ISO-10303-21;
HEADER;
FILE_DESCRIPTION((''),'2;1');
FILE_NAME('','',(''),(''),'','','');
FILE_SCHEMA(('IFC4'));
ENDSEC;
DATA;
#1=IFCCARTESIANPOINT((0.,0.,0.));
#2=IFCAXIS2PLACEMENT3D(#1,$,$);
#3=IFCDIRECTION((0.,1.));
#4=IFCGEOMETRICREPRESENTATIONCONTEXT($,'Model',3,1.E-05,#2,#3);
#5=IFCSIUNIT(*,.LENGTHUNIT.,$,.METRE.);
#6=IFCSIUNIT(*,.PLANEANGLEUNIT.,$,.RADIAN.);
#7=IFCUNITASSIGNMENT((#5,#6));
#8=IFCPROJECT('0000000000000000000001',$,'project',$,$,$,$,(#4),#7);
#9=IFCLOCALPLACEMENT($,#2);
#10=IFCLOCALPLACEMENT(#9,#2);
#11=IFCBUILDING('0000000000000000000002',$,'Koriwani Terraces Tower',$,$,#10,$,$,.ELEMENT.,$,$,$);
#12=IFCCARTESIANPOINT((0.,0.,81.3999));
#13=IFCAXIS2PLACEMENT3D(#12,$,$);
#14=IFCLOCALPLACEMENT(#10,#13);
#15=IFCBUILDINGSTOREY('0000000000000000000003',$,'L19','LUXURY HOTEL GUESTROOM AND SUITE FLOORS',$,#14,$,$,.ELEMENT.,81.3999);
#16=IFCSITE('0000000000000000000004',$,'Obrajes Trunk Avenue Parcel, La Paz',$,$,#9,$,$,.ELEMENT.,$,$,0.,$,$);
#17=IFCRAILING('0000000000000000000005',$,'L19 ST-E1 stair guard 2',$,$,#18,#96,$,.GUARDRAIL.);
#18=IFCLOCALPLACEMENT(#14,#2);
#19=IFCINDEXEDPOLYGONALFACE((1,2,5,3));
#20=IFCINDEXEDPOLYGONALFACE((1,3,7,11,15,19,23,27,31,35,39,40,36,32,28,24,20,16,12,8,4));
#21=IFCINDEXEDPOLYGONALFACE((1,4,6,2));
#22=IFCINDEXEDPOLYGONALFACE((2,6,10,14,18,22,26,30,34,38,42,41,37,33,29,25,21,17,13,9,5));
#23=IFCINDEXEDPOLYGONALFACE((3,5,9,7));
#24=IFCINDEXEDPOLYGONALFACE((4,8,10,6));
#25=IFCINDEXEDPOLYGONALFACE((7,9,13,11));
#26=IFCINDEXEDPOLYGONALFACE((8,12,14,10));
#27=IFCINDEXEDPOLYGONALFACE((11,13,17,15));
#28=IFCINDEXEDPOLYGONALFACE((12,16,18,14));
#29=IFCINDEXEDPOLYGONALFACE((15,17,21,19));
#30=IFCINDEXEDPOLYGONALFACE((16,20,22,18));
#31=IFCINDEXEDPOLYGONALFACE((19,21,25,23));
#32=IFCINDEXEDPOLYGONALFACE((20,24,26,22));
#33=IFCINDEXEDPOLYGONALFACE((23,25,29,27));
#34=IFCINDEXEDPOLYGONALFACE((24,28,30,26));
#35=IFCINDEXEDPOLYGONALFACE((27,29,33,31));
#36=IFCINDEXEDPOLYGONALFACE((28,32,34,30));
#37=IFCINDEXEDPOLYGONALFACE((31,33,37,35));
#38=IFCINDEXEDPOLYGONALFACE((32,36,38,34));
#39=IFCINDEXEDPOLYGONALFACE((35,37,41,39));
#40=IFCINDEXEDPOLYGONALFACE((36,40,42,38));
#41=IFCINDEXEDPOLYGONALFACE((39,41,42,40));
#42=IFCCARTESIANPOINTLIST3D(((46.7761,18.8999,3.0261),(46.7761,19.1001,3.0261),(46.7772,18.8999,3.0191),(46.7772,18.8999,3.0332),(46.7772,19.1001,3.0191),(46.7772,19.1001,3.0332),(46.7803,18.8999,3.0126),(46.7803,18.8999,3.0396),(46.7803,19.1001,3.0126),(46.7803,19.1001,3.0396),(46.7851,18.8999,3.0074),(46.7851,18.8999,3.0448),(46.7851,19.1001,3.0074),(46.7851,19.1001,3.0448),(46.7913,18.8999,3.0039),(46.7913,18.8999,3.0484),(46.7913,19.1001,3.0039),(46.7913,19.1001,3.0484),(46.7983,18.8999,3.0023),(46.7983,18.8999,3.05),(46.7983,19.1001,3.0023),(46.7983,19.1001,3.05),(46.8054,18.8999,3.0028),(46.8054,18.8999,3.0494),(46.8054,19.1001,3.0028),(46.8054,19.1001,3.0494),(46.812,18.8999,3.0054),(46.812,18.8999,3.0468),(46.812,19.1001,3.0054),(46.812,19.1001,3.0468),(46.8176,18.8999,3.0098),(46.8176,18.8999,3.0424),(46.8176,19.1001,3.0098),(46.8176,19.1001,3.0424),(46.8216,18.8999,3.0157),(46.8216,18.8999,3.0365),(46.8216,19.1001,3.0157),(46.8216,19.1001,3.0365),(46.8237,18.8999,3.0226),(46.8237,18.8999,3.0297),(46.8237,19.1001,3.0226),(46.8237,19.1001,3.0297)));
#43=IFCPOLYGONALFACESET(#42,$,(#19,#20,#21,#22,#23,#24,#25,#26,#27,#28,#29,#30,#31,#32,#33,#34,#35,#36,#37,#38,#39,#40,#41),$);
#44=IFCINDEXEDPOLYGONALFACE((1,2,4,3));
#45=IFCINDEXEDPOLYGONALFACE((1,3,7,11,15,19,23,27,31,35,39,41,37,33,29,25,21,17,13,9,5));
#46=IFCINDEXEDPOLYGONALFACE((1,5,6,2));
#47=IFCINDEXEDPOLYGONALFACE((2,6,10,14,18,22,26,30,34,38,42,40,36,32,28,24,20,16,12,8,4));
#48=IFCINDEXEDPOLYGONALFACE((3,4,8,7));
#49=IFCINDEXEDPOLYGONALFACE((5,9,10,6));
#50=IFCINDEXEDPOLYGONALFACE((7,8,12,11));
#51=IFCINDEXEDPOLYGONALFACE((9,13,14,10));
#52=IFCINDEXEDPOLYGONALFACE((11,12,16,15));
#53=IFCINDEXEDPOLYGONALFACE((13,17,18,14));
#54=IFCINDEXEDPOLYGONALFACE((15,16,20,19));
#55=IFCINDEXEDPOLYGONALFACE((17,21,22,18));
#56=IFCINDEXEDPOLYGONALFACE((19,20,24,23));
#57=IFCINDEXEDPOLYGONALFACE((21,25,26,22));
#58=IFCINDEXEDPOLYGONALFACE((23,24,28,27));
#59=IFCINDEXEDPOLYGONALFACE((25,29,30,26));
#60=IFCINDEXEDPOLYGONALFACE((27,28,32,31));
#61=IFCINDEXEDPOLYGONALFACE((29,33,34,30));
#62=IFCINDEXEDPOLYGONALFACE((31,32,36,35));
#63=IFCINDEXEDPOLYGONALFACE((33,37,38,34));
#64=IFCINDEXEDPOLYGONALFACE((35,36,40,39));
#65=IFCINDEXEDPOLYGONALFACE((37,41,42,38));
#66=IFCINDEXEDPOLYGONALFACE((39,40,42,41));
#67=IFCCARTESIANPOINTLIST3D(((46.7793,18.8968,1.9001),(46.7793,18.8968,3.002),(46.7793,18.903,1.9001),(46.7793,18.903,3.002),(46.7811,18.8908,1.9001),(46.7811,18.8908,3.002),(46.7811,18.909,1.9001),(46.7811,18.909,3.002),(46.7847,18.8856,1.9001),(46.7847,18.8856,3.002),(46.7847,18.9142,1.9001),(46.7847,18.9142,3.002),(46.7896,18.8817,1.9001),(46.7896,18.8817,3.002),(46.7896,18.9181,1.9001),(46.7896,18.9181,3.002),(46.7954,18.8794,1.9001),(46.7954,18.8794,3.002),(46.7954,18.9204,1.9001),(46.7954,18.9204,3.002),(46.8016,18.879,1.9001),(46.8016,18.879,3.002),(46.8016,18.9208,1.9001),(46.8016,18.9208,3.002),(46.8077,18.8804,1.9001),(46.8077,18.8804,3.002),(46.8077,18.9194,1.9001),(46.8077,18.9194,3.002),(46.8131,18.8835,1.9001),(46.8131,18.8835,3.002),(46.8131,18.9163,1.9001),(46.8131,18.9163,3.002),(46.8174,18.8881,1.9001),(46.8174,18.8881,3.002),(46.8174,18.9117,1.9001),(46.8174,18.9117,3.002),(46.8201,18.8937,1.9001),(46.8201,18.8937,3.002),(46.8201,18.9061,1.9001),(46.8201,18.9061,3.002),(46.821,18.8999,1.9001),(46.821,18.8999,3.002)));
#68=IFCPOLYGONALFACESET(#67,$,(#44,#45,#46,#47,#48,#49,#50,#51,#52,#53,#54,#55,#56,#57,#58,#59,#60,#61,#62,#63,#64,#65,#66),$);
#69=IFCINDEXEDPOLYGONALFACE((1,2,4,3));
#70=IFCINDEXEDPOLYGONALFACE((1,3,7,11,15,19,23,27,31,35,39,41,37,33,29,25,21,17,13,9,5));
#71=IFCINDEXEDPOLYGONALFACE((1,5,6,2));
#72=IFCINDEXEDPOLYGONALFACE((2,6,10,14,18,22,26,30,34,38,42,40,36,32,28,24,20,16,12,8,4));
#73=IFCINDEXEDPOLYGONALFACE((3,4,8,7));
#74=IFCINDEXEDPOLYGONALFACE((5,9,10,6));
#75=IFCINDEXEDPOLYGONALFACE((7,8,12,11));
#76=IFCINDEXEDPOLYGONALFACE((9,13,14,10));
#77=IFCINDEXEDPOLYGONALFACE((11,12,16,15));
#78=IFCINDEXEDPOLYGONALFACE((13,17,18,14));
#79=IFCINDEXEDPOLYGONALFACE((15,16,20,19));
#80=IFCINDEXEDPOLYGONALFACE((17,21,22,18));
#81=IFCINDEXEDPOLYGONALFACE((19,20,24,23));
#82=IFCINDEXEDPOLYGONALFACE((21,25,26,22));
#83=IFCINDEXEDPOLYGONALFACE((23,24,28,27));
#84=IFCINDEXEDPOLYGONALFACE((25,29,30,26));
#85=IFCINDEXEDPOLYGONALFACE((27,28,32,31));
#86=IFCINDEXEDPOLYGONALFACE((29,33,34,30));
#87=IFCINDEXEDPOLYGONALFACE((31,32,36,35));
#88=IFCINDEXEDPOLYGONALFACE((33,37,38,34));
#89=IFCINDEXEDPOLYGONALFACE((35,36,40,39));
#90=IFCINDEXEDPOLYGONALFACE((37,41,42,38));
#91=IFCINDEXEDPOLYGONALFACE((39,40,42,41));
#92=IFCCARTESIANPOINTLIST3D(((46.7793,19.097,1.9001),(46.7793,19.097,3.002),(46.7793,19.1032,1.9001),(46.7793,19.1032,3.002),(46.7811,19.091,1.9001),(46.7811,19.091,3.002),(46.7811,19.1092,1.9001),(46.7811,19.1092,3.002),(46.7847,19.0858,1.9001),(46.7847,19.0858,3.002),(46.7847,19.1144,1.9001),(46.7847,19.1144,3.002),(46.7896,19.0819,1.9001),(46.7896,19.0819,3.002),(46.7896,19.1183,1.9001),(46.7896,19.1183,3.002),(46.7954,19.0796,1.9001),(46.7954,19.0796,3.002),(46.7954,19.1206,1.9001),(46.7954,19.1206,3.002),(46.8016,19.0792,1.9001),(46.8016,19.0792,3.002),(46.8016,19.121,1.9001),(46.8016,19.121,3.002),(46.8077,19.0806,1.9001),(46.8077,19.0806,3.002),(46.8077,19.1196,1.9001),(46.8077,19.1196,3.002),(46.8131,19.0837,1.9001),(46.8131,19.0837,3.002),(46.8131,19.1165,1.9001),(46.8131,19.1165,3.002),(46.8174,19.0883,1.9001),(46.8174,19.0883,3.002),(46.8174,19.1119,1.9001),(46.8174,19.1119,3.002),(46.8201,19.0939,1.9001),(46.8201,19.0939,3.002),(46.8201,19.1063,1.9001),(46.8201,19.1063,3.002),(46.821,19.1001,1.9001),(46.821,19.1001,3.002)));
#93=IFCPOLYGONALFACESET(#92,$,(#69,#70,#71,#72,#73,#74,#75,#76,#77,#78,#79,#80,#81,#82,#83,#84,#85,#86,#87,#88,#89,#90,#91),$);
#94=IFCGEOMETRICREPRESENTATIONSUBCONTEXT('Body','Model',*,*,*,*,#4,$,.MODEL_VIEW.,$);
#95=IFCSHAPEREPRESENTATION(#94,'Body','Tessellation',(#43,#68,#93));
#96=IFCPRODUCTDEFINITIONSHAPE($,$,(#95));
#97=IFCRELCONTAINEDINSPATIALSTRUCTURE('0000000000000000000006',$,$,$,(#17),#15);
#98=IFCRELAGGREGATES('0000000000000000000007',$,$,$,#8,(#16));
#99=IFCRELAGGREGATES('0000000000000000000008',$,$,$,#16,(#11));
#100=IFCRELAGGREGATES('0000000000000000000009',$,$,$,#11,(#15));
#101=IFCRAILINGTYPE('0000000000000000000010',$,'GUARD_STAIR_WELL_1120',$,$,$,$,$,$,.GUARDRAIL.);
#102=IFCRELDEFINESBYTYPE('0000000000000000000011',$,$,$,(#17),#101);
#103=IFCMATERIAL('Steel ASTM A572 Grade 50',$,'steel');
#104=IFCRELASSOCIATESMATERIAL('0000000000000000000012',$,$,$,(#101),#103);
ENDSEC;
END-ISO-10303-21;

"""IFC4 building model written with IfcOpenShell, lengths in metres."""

from ifc_helpers import new_model, si_unit, direction, frame, origin, origin_2d, place, context, subcontext, project, spatial, circle, extrude, material, type_object, element, save


model = new_model("IFC4")

# Units and contexts
model_context = context("Model", 3, precision=1e-05, world=origin(), true_north=direction((0.0, 1.0)))
body_context = subcontext(model_context, "Body", "Model", "MODEL_VIEW")
ifc_project = project(units=[si_unit("LENGTHUNIT", "METRE"), si_unit("PLANEANGLEUNIT", "RADIAN")], contexts=[model_context])

# Site, building, storey
site_placement = place(None, origin())
site = spatial("IfcSite", under=ifc_project, at=site_placement, Name="Obrajes Trunk Avenue Parcel, La Paz", CompositionType="ELEMENT", RefElevation=0.0)
building_placement = place(site_placement, origin())
building = spatial("IfcBuilding", under=site, at=building_placement, Name="Koriwani Terraces Tower", CompositionType="ELEMENT")
storey_placement = place(building_placement, frame((0.0, 0.0, 81.3999)))
storey = spatial("IfcBuildingStorey", under=building, at=storey_placement, Name="L19", Description="LUXURY HOTEL GUESTROOM AND SUITE FLOORS", CompositionType="ELEMENT", Elevation=81.3999)

# Shared definitions
ifc_material_1 = material(Name="Steel ASTM A572 Grade 50", Category="steel")

# Railing
railing_type_1 = type_object("IfcRailingType", Name="GUARD_STAIR_WELL_1120", PredefinedType="GUARDRAIL", material=ifc_material_1)
railing_1_placement = place(storey_placement, frame((46.8, 18.8999, 1.9001)))
element("IfcRailing", 1, at=railing_1_placement, inside=storey, type_object=railing_type_1, Name="L19 ST-E1 stair guard 2", PredefinedType="GUARDRAIL", context=body_context, shape_type="SweptSolid", body=[
    extrude(circle(Radius=0.0239, at=origin_2d()), frame((0.0, 0.0, 1.126), z_axis=(0.0, 1.0, 0.0), x_axis=(-1.0, 0.0, 0.0)), (0.0, 0.0, 1.0), 0.2002),
    extrude(circle(Radius=0.021, at=origin_2d()), origin(), (0.0, 0.0, 1.0), 1.1018),
    extrude(circle(Radius=0.021, at=origin_2d()), frame((0.0, 0.2002, 0.0)), (0.0, 0.0, 1.0), 1.1018),
])

save(model, "model.ifc")
